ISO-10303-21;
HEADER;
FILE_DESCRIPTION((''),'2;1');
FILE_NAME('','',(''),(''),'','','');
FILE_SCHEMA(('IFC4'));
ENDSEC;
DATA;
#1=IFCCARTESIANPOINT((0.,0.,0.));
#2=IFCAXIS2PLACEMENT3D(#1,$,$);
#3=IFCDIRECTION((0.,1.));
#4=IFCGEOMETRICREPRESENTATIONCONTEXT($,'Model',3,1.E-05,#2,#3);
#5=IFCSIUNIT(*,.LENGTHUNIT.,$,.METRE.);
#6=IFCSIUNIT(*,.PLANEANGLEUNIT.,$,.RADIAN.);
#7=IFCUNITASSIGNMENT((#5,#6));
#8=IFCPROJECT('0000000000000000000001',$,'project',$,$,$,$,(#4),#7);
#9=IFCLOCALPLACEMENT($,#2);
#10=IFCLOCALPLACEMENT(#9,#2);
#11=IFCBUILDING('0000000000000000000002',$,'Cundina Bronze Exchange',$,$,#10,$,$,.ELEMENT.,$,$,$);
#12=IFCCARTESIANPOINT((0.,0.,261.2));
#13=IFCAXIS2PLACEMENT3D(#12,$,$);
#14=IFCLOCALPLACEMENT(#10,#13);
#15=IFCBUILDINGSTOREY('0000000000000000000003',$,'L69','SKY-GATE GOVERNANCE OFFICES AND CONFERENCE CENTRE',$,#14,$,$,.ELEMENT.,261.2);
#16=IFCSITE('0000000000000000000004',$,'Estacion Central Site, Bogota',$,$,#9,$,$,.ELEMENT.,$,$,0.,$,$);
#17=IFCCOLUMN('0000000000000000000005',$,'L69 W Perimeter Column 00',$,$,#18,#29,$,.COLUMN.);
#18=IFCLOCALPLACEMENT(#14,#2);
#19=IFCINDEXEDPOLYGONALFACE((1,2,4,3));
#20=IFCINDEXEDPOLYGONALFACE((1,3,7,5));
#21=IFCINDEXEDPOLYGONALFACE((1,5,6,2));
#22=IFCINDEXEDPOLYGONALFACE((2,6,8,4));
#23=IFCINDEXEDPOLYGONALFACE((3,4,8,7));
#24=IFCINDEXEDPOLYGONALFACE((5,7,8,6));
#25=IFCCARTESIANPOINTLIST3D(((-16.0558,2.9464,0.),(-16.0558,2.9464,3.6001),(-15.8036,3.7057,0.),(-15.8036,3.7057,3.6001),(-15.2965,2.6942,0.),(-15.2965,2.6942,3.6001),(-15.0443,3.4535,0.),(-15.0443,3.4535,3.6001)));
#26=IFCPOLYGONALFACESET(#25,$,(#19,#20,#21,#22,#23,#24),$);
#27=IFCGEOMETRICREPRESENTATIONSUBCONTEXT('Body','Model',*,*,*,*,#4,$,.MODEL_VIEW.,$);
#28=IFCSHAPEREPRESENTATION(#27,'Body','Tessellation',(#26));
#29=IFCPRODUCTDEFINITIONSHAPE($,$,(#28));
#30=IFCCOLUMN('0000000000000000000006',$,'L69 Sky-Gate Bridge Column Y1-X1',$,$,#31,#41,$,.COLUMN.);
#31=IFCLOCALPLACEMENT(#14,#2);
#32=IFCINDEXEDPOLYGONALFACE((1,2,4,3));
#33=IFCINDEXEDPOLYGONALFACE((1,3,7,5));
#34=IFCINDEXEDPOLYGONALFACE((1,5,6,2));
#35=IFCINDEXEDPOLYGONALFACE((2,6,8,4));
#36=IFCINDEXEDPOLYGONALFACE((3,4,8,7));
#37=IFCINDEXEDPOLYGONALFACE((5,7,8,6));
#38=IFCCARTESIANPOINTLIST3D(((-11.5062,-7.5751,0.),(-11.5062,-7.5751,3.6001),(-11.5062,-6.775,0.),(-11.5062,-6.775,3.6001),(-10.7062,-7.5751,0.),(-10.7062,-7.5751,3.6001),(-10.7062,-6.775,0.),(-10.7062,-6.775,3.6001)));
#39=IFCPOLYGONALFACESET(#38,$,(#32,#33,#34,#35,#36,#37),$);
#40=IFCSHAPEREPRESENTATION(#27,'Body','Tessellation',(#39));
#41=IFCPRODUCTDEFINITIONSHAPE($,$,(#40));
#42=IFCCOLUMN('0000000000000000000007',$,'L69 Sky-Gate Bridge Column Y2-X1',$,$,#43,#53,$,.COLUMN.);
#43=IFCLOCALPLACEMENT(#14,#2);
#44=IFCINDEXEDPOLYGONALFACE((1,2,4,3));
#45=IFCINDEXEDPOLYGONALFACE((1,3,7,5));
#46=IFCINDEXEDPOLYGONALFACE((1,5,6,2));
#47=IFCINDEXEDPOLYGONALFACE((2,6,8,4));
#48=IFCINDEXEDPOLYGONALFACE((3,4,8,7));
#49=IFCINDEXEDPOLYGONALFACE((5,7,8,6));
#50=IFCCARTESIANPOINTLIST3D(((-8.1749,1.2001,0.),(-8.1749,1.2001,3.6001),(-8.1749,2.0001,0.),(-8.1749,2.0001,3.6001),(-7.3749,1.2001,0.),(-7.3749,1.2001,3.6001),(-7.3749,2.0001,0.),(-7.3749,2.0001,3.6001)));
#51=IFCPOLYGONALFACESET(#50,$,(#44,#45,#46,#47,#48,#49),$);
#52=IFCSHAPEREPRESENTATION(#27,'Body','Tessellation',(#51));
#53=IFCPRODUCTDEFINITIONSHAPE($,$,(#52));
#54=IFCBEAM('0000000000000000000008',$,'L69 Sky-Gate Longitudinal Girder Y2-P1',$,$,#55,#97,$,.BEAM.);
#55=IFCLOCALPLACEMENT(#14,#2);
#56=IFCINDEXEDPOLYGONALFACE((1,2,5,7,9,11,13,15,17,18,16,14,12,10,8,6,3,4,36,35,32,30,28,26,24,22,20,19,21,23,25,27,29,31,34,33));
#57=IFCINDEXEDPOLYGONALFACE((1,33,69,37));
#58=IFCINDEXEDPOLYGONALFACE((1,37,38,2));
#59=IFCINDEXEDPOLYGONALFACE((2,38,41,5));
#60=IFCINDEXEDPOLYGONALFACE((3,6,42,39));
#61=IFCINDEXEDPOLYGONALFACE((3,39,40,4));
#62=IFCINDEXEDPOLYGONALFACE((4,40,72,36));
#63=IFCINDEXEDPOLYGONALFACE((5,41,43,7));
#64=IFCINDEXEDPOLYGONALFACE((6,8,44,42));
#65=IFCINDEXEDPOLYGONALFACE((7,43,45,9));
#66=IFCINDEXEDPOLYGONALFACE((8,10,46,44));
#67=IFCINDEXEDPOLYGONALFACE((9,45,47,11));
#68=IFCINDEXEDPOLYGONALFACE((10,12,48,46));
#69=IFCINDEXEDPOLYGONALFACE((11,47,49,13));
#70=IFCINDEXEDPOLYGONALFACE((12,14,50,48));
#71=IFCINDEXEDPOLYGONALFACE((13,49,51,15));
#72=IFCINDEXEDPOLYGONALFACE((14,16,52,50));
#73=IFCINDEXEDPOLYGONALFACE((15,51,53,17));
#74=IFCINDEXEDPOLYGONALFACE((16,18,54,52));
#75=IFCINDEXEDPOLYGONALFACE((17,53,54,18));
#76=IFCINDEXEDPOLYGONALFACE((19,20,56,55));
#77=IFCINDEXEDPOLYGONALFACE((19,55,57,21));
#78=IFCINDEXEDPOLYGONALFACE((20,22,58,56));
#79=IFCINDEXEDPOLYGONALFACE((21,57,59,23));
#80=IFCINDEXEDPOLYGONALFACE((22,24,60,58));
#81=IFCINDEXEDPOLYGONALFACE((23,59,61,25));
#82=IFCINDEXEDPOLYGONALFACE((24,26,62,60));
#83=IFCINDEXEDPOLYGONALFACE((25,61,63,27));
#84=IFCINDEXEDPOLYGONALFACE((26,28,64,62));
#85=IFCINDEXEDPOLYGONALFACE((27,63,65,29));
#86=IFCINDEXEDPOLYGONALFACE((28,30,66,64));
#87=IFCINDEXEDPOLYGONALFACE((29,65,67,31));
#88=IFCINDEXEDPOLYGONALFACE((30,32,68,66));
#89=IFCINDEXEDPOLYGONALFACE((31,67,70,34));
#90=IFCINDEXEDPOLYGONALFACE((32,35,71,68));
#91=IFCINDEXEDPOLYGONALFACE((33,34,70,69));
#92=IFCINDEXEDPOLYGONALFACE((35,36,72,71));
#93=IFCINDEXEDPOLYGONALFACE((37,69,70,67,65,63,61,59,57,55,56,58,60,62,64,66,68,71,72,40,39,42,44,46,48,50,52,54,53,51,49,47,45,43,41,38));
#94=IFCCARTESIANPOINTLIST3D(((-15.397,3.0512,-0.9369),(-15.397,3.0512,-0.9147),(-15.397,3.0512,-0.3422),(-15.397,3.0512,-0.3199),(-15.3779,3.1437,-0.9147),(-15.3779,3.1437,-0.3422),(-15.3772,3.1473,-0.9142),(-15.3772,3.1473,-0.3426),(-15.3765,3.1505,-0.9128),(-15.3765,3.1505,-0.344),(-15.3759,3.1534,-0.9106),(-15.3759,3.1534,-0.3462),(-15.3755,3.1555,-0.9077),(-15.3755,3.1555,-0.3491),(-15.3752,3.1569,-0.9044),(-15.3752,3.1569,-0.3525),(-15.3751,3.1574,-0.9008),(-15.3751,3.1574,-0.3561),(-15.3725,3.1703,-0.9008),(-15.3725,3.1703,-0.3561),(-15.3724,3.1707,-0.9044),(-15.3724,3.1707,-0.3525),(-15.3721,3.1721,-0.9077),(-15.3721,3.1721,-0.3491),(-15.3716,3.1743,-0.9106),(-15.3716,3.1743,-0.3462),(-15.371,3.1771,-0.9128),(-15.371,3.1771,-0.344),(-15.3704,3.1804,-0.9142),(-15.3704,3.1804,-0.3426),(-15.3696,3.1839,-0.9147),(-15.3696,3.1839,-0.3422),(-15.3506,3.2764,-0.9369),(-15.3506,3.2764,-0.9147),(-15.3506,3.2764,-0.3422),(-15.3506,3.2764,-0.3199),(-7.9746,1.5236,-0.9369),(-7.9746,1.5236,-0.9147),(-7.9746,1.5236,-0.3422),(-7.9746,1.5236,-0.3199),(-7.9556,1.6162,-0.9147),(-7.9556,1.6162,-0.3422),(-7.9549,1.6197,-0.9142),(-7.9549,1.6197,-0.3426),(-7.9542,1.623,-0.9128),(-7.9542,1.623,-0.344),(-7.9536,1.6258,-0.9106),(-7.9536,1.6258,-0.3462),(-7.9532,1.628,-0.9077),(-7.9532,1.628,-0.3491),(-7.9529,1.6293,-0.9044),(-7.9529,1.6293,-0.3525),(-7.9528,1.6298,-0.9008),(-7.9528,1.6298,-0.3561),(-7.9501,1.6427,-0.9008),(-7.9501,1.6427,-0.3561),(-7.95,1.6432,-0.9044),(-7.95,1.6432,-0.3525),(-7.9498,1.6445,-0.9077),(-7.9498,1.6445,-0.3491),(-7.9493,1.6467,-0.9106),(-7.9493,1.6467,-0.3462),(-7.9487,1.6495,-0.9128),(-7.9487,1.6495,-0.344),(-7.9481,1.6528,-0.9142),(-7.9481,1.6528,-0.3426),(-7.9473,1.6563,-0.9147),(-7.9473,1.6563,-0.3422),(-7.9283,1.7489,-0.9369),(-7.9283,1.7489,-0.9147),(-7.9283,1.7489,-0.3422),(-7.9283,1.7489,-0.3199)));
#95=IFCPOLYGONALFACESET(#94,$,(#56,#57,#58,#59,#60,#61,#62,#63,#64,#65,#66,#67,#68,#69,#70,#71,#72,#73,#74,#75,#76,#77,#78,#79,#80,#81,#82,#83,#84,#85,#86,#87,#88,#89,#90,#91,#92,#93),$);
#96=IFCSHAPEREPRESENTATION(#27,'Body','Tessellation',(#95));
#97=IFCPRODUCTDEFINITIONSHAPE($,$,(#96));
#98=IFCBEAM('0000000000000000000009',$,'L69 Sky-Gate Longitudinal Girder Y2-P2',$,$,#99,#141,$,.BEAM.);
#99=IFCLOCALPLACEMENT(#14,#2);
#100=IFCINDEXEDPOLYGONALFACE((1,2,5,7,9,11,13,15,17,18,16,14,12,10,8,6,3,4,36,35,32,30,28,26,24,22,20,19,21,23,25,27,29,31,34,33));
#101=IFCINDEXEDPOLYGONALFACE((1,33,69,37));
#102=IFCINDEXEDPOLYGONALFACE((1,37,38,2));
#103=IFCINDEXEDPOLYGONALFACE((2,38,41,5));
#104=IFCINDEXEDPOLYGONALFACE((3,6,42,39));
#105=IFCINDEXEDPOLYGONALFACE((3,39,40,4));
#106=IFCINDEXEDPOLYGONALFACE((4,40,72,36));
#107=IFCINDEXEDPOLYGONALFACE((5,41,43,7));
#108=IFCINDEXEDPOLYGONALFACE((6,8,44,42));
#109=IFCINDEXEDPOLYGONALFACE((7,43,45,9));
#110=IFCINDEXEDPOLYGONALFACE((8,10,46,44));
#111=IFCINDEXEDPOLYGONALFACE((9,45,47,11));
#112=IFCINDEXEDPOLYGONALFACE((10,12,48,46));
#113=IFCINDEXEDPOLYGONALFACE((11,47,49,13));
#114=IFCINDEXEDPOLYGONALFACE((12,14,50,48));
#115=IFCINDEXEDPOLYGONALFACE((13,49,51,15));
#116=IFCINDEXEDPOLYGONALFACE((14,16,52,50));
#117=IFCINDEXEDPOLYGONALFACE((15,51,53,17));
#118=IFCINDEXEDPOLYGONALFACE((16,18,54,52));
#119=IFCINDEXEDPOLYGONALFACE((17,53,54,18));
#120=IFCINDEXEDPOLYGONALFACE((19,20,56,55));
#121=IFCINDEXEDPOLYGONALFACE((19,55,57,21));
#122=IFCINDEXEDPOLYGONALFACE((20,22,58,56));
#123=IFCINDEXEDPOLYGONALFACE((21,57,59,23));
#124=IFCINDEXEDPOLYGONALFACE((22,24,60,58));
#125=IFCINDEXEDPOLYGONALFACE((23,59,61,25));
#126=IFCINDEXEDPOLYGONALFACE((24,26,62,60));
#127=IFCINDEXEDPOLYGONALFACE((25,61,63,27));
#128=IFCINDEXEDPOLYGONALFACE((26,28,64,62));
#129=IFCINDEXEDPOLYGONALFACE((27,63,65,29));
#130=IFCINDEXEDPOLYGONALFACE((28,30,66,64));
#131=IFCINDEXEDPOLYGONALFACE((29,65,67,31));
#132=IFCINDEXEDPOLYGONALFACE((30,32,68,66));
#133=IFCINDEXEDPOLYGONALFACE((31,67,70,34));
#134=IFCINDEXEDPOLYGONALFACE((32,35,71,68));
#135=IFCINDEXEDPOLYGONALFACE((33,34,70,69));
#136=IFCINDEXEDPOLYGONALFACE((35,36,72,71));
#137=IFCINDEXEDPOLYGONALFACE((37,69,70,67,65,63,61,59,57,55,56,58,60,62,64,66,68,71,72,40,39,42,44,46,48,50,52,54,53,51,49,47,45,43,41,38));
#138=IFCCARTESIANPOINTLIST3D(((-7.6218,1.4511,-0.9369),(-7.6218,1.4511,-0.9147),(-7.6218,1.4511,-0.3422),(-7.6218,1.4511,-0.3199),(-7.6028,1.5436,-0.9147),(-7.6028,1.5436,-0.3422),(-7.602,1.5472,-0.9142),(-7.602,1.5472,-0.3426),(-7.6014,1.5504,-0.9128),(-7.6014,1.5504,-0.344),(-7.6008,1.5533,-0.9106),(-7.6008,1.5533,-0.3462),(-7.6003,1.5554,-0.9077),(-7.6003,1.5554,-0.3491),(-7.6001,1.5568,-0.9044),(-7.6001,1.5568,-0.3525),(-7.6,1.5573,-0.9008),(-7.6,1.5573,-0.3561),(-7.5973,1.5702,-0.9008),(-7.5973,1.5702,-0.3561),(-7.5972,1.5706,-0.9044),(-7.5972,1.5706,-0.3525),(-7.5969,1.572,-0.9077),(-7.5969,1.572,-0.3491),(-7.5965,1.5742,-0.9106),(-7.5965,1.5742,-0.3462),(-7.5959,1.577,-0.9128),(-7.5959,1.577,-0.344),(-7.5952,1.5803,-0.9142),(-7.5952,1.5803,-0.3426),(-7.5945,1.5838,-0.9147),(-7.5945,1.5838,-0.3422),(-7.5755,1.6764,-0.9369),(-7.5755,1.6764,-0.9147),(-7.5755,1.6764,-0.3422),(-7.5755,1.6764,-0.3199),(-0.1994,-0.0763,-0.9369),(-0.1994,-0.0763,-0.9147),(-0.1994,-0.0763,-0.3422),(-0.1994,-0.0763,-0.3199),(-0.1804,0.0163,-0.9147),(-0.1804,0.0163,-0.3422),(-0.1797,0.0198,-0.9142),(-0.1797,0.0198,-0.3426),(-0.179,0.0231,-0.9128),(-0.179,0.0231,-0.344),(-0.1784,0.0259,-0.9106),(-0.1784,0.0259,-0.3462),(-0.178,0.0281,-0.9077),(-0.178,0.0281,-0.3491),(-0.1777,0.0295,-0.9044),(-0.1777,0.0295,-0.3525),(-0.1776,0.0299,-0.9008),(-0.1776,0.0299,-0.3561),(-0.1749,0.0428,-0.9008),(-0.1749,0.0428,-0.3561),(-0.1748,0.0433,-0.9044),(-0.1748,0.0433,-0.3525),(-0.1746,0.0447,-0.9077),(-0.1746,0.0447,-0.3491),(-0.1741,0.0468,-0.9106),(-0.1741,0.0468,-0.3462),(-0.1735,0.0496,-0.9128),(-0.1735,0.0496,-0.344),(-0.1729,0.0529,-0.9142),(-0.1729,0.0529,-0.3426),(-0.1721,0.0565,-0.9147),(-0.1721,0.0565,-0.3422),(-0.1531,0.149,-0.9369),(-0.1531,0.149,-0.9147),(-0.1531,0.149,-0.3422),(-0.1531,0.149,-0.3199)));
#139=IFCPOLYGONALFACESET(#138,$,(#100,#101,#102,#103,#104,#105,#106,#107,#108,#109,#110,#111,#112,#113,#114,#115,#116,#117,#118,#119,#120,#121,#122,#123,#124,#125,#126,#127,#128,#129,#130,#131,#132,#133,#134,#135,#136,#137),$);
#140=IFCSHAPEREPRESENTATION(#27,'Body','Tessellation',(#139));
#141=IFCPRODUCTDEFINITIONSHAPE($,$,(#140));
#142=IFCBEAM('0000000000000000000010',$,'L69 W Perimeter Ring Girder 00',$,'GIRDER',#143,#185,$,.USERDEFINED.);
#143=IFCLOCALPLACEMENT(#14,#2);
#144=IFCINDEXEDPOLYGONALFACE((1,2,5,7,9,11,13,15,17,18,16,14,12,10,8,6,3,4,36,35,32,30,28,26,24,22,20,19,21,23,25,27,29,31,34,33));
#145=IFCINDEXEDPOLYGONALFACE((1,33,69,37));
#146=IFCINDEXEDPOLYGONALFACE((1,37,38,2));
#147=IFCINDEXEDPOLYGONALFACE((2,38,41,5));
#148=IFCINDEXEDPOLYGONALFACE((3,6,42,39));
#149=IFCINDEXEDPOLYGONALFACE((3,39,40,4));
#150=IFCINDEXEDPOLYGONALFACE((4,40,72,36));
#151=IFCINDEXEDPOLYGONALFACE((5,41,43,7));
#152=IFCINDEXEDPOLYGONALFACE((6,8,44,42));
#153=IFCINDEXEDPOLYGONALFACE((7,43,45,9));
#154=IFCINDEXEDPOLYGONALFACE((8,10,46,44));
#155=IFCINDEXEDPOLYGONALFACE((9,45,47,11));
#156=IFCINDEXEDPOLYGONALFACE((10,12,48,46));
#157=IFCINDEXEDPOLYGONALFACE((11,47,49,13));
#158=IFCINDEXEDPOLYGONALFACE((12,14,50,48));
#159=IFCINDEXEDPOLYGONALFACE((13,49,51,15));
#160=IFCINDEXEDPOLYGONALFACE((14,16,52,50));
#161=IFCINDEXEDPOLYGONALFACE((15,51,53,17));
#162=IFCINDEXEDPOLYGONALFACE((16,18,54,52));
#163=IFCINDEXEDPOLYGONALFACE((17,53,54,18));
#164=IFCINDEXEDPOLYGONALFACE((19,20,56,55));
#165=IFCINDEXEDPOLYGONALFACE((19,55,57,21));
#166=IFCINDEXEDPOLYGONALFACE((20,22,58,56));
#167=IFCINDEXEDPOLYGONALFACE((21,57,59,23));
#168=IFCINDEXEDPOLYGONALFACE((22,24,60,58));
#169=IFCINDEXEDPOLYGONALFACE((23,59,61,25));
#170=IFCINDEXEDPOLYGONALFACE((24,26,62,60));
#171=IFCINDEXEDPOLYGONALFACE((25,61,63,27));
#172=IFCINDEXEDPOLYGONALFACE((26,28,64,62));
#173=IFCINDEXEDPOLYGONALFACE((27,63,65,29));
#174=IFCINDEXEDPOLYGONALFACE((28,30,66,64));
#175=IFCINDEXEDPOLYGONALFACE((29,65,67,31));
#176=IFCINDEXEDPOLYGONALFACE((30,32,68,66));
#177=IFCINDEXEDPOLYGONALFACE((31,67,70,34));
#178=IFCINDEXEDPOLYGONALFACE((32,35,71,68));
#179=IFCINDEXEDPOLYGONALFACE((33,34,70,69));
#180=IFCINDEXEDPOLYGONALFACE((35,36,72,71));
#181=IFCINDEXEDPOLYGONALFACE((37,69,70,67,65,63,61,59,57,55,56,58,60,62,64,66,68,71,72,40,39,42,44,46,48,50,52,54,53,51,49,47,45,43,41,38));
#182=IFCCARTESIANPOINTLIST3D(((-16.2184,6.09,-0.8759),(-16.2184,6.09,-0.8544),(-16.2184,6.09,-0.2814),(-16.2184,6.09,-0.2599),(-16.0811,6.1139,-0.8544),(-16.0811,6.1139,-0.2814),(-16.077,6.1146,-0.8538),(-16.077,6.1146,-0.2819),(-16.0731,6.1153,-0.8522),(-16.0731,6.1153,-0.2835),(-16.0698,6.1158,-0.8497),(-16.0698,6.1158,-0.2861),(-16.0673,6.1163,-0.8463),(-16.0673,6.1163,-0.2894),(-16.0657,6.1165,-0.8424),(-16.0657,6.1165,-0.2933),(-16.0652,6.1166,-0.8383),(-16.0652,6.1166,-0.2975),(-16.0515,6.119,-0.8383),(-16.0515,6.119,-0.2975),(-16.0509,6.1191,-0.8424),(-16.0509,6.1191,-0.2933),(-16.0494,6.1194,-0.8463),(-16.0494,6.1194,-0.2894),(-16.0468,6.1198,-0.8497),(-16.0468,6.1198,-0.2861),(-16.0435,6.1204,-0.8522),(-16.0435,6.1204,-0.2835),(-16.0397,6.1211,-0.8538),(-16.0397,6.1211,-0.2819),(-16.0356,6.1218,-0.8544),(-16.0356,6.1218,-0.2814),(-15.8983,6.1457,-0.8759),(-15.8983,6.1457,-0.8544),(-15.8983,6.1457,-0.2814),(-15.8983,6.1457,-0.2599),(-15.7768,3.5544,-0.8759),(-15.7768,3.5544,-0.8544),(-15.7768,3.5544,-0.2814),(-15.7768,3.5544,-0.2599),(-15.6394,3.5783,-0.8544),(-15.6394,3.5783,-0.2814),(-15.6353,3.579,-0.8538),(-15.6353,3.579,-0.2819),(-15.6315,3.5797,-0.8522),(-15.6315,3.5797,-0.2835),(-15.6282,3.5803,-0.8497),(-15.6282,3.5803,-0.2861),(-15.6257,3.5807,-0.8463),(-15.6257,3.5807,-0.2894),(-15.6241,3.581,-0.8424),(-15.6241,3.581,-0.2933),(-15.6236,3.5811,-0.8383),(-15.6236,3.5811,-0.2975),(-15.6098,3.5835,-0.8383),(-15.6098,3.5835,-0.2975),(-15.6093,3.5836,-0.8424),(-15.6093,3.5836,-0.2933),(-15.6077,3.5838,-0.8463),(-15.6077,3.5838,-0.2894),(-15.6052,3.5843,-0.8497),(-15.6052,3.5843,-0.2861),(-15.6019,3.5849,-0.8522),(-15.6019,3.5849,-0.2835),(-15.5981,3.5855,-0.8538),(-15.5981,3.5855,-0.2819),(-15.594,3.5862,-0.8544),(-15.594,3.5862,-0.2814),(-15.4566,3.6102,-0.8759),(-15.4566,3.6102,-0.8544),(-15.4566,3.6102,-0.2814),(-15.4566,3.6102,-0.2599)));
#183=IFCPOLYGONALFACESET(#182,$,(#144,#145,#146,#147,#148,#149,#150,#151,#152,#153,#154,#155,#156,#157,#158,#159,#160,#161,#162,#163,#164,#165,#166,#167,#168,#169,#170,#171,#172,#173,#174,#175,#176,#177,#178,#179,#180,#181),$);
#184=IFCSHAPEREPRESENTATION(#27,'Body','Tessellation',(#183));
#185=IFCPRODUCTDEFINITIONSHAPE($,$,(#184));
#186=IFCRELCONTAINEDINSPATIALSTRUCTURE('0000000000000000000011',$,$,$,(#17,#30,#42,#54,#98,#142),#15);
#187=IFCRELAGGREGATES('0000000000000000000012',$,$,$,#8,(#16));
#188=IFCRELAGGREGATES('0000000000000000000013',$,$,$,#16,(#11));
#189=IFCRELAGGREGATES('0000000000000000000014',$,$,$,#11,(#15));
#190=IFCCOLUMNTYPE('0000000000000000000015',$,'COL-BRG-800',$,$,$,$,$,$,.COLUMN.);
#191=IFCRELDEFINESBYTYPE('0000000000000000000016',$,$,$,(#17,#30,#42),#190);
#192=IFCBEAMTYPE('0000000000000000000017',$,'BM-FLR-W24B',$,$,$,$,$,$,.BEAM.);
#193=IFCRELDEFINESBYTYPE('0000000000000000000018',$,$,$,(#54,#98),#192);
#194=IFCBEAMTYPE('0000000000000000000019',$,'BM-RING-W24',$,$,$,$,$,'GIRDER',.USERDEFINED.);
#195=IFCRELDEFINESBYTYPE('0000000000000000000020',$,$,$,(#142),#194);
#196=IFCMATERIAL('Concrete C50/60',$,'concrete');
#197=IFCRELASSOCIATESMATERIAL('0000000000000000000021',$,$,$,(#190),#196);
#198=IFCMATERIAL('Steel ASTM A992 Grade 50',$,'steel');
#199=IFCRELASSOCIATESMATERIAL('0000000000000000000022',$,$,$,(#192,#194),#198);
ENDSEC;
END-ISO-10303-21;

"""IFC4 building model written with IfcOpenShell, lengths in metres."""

from ifc_helpers import new_model, si_unit, direction, frame, origin, origin_2d, place, context, subcontext, project, spatial, rectangle, i_section, extrude, material, material_profile, profile_set, type_object, element, save


model = new_model("IFC4")

# Units and contexts
model_context = context("Model", 3, precision=1e-05, world=origin(), true_north=direction((0.0, 1.0)))
body_context = subcontext(model_context, "Body", "Model", "MODEL_VIEW")
ifc_project = project(units=[si_unit("LENGTHUNIT", "METRE"), si_unit("PLANEANGLEUNIT", "RADIAN")], contexts=[model_context])

# Site, building, storey
site_placement = place(None, origin())
site = spatial("IfcSite", under=ifc_project, at=site_placement, Name="Estacion Central Site, Bogota", CompositionType="ELEMENT", RefElevation=0.0)
building_placement = place(site_placement, origin())
building = spatial("IfcBuilding", under=site, at=building_placement, Name="Cundina Bronze Exchange", CompositionType="ELEMENT")
storey_placement = place(building_placement, frame((0.0, 0.0, 261.2)))
storey = spatial("IfcBuildingStorey", under=building, at=storey_placement, Name="L69", Description="SKY-GATE GOVERNANCE OFFICES AND CONFERENCE CENTRE", CompositionType="ELEMENT", Elevation=261.2)

# Columns
ifc_material_1 = material(Name="Concrete C50/60", Category="concrete")
ifc_material_profile_1 = material_profile(ifc_material_1, rectangle(XDim=0.8, YDim=0.8, at=origin_2d()), Name="RC800X800", Category="concrete")
ifc_profile_set_1 = profile_set([ifc_material_profile_1], Name="Concrete C50/60")
column_type = type_object("IfcColumnType", Name="COL-BRG-800", PredefinedType="COLUMN", material=ifc_profile_set_1)
for number, where, z_axis, x_axis, name in (
    (1, (-15.55, 3.2, 0.0), (0.0, 0.0, 1.0), (0.315152, 0.949041, 0.0), "L69 W Perimeter Column 00"),
    (2, (-11.1062, -7.175, 0.0), (0.0, 0.0, 1.0), (1.0, 0.0, 0.0), "L69 Sky-Gate Bridge Column Y1-X1"),
    (3, (-7.7749, 1.6001, 0.0), (0.0, 0.0, 1.0), (1.0, 0.0, 0.0), "L69 Sky-Gate Bridge Column Y2-X1"),
):
    element("IfcColumn", number, at=place(storey_placement, frame(where, z_axis=z_axis, x_axis=x_axis)), inside=storey, type_object=column_type, Name=name, PredefinedType="COLUMN", context=body_context, shape_type="SweptSolid", body=[
        extrude(rectangle(XDim=0.8, YDim=0.8, at=origin_2d()), origin(), (0.0, 0.0, 1.0), 3.6001),
    ])

# Beams
ifc_material_2 = material(Name="Steel ASTM A992 Grade 50", Category="steel")
ifc_material_profile_2 = material_profile(ifc_material_2, i_section(OverallWidth=0.23, OverallDepth=0.6169, WebThickness=0.0132, FlangeThickness=0.0222, FilletRadius=0.0139, at=origin_2d()), Name="W24X94", Category="steel")
ifc_profile_set_2 = profile_set([ifc_material_profile_2], Name="Steel ASTM A992 Grade 50")
beam_type_1 = type_object("IfcBeamType", Name="BM-FLR-W24B", PredefinedType="BEAM", material=ifc_profile_set_2)
for number, where, z_axis, x_axis, name in (
    (4, (-15.3738, 3.1638, -0.6284), (0.979471, -0.201584, 0.0), (0.201584, 0.979471, 0.0), "L69 Sky-Gate Longitudinal Girder Y2-P1"),
    (5, (-7.5986, 1.5637, -0.6284), (0.979478, -0.201553, 0.0), (0.201553, 0.979478, 0.0), "L69 Sky-Gate Longitudinal Girder Y2-P2"),
):
    element("IfcBeam", number, at=place(storey_placement, frame(where, z_axis=z_axis, x_axis=x_axis)), inside=storey, type_object=beam_type_1, Name=name, PredefinedType="BEAM", context=body_context, shape_type="SweptSolid", body=[
        extrude(i_section(OverallWidth=0.23, OverallDepth=0.6169, WebThickness=0.0132, FlangeThickness=0.0222, FilletRadius=0.0139, at=origin_2d()), origin(), (0.0, 0.0, 1.0), 7.5779),
    ])
ifc_material_profile_3 = material_profile(ifc_material_2, i_section(OverallWidth=0.325, OverallDepth=0.616, WebThickness=0.0139, FlangeThickness=0.0215, FilletRadius=0.0161, at=origin_2d()), Name="W24X117", Category="steel")
ifc_profile_set_3 = profile_set([ifc_material_profile_3], Name="Steel ASTM A992 Grade 50")
beam_type_2 = type_object("IfcBeamType", Name="BM-RING-W24", ElementType="GIRDER", PredefinedType="USERDEFINED", material=ifc_profile_set_3)
beam_1_placement = place(storey_placement, frame((-15.6167, 3.5823, -0.5679), z_axis=(-0.171593, 0.985168, 0.0), x_axis=(-0.985168, -0.171593, 0.0)))
element("IfcBeam", 6, at=beam_1_placement, inside=storey, type_object=beam_type_2, Name="L69 W Perimeter Ring Girder 00", ObjectType="GIRDER", PredefinedType="USERDEFINED", context=body_context, shape_type="SweptSolid", body=[
    extrude(i_section(OverallWidth=0.325, OverallDepth=0.616, WebThickness=0.0139, FlangeThickness=0.0215, FilletRadius=0.0161, at=origin_2d()), origin(), (0.0, 0.0, 1.0), 2.5737),
])

save(model, "model.ifc")
